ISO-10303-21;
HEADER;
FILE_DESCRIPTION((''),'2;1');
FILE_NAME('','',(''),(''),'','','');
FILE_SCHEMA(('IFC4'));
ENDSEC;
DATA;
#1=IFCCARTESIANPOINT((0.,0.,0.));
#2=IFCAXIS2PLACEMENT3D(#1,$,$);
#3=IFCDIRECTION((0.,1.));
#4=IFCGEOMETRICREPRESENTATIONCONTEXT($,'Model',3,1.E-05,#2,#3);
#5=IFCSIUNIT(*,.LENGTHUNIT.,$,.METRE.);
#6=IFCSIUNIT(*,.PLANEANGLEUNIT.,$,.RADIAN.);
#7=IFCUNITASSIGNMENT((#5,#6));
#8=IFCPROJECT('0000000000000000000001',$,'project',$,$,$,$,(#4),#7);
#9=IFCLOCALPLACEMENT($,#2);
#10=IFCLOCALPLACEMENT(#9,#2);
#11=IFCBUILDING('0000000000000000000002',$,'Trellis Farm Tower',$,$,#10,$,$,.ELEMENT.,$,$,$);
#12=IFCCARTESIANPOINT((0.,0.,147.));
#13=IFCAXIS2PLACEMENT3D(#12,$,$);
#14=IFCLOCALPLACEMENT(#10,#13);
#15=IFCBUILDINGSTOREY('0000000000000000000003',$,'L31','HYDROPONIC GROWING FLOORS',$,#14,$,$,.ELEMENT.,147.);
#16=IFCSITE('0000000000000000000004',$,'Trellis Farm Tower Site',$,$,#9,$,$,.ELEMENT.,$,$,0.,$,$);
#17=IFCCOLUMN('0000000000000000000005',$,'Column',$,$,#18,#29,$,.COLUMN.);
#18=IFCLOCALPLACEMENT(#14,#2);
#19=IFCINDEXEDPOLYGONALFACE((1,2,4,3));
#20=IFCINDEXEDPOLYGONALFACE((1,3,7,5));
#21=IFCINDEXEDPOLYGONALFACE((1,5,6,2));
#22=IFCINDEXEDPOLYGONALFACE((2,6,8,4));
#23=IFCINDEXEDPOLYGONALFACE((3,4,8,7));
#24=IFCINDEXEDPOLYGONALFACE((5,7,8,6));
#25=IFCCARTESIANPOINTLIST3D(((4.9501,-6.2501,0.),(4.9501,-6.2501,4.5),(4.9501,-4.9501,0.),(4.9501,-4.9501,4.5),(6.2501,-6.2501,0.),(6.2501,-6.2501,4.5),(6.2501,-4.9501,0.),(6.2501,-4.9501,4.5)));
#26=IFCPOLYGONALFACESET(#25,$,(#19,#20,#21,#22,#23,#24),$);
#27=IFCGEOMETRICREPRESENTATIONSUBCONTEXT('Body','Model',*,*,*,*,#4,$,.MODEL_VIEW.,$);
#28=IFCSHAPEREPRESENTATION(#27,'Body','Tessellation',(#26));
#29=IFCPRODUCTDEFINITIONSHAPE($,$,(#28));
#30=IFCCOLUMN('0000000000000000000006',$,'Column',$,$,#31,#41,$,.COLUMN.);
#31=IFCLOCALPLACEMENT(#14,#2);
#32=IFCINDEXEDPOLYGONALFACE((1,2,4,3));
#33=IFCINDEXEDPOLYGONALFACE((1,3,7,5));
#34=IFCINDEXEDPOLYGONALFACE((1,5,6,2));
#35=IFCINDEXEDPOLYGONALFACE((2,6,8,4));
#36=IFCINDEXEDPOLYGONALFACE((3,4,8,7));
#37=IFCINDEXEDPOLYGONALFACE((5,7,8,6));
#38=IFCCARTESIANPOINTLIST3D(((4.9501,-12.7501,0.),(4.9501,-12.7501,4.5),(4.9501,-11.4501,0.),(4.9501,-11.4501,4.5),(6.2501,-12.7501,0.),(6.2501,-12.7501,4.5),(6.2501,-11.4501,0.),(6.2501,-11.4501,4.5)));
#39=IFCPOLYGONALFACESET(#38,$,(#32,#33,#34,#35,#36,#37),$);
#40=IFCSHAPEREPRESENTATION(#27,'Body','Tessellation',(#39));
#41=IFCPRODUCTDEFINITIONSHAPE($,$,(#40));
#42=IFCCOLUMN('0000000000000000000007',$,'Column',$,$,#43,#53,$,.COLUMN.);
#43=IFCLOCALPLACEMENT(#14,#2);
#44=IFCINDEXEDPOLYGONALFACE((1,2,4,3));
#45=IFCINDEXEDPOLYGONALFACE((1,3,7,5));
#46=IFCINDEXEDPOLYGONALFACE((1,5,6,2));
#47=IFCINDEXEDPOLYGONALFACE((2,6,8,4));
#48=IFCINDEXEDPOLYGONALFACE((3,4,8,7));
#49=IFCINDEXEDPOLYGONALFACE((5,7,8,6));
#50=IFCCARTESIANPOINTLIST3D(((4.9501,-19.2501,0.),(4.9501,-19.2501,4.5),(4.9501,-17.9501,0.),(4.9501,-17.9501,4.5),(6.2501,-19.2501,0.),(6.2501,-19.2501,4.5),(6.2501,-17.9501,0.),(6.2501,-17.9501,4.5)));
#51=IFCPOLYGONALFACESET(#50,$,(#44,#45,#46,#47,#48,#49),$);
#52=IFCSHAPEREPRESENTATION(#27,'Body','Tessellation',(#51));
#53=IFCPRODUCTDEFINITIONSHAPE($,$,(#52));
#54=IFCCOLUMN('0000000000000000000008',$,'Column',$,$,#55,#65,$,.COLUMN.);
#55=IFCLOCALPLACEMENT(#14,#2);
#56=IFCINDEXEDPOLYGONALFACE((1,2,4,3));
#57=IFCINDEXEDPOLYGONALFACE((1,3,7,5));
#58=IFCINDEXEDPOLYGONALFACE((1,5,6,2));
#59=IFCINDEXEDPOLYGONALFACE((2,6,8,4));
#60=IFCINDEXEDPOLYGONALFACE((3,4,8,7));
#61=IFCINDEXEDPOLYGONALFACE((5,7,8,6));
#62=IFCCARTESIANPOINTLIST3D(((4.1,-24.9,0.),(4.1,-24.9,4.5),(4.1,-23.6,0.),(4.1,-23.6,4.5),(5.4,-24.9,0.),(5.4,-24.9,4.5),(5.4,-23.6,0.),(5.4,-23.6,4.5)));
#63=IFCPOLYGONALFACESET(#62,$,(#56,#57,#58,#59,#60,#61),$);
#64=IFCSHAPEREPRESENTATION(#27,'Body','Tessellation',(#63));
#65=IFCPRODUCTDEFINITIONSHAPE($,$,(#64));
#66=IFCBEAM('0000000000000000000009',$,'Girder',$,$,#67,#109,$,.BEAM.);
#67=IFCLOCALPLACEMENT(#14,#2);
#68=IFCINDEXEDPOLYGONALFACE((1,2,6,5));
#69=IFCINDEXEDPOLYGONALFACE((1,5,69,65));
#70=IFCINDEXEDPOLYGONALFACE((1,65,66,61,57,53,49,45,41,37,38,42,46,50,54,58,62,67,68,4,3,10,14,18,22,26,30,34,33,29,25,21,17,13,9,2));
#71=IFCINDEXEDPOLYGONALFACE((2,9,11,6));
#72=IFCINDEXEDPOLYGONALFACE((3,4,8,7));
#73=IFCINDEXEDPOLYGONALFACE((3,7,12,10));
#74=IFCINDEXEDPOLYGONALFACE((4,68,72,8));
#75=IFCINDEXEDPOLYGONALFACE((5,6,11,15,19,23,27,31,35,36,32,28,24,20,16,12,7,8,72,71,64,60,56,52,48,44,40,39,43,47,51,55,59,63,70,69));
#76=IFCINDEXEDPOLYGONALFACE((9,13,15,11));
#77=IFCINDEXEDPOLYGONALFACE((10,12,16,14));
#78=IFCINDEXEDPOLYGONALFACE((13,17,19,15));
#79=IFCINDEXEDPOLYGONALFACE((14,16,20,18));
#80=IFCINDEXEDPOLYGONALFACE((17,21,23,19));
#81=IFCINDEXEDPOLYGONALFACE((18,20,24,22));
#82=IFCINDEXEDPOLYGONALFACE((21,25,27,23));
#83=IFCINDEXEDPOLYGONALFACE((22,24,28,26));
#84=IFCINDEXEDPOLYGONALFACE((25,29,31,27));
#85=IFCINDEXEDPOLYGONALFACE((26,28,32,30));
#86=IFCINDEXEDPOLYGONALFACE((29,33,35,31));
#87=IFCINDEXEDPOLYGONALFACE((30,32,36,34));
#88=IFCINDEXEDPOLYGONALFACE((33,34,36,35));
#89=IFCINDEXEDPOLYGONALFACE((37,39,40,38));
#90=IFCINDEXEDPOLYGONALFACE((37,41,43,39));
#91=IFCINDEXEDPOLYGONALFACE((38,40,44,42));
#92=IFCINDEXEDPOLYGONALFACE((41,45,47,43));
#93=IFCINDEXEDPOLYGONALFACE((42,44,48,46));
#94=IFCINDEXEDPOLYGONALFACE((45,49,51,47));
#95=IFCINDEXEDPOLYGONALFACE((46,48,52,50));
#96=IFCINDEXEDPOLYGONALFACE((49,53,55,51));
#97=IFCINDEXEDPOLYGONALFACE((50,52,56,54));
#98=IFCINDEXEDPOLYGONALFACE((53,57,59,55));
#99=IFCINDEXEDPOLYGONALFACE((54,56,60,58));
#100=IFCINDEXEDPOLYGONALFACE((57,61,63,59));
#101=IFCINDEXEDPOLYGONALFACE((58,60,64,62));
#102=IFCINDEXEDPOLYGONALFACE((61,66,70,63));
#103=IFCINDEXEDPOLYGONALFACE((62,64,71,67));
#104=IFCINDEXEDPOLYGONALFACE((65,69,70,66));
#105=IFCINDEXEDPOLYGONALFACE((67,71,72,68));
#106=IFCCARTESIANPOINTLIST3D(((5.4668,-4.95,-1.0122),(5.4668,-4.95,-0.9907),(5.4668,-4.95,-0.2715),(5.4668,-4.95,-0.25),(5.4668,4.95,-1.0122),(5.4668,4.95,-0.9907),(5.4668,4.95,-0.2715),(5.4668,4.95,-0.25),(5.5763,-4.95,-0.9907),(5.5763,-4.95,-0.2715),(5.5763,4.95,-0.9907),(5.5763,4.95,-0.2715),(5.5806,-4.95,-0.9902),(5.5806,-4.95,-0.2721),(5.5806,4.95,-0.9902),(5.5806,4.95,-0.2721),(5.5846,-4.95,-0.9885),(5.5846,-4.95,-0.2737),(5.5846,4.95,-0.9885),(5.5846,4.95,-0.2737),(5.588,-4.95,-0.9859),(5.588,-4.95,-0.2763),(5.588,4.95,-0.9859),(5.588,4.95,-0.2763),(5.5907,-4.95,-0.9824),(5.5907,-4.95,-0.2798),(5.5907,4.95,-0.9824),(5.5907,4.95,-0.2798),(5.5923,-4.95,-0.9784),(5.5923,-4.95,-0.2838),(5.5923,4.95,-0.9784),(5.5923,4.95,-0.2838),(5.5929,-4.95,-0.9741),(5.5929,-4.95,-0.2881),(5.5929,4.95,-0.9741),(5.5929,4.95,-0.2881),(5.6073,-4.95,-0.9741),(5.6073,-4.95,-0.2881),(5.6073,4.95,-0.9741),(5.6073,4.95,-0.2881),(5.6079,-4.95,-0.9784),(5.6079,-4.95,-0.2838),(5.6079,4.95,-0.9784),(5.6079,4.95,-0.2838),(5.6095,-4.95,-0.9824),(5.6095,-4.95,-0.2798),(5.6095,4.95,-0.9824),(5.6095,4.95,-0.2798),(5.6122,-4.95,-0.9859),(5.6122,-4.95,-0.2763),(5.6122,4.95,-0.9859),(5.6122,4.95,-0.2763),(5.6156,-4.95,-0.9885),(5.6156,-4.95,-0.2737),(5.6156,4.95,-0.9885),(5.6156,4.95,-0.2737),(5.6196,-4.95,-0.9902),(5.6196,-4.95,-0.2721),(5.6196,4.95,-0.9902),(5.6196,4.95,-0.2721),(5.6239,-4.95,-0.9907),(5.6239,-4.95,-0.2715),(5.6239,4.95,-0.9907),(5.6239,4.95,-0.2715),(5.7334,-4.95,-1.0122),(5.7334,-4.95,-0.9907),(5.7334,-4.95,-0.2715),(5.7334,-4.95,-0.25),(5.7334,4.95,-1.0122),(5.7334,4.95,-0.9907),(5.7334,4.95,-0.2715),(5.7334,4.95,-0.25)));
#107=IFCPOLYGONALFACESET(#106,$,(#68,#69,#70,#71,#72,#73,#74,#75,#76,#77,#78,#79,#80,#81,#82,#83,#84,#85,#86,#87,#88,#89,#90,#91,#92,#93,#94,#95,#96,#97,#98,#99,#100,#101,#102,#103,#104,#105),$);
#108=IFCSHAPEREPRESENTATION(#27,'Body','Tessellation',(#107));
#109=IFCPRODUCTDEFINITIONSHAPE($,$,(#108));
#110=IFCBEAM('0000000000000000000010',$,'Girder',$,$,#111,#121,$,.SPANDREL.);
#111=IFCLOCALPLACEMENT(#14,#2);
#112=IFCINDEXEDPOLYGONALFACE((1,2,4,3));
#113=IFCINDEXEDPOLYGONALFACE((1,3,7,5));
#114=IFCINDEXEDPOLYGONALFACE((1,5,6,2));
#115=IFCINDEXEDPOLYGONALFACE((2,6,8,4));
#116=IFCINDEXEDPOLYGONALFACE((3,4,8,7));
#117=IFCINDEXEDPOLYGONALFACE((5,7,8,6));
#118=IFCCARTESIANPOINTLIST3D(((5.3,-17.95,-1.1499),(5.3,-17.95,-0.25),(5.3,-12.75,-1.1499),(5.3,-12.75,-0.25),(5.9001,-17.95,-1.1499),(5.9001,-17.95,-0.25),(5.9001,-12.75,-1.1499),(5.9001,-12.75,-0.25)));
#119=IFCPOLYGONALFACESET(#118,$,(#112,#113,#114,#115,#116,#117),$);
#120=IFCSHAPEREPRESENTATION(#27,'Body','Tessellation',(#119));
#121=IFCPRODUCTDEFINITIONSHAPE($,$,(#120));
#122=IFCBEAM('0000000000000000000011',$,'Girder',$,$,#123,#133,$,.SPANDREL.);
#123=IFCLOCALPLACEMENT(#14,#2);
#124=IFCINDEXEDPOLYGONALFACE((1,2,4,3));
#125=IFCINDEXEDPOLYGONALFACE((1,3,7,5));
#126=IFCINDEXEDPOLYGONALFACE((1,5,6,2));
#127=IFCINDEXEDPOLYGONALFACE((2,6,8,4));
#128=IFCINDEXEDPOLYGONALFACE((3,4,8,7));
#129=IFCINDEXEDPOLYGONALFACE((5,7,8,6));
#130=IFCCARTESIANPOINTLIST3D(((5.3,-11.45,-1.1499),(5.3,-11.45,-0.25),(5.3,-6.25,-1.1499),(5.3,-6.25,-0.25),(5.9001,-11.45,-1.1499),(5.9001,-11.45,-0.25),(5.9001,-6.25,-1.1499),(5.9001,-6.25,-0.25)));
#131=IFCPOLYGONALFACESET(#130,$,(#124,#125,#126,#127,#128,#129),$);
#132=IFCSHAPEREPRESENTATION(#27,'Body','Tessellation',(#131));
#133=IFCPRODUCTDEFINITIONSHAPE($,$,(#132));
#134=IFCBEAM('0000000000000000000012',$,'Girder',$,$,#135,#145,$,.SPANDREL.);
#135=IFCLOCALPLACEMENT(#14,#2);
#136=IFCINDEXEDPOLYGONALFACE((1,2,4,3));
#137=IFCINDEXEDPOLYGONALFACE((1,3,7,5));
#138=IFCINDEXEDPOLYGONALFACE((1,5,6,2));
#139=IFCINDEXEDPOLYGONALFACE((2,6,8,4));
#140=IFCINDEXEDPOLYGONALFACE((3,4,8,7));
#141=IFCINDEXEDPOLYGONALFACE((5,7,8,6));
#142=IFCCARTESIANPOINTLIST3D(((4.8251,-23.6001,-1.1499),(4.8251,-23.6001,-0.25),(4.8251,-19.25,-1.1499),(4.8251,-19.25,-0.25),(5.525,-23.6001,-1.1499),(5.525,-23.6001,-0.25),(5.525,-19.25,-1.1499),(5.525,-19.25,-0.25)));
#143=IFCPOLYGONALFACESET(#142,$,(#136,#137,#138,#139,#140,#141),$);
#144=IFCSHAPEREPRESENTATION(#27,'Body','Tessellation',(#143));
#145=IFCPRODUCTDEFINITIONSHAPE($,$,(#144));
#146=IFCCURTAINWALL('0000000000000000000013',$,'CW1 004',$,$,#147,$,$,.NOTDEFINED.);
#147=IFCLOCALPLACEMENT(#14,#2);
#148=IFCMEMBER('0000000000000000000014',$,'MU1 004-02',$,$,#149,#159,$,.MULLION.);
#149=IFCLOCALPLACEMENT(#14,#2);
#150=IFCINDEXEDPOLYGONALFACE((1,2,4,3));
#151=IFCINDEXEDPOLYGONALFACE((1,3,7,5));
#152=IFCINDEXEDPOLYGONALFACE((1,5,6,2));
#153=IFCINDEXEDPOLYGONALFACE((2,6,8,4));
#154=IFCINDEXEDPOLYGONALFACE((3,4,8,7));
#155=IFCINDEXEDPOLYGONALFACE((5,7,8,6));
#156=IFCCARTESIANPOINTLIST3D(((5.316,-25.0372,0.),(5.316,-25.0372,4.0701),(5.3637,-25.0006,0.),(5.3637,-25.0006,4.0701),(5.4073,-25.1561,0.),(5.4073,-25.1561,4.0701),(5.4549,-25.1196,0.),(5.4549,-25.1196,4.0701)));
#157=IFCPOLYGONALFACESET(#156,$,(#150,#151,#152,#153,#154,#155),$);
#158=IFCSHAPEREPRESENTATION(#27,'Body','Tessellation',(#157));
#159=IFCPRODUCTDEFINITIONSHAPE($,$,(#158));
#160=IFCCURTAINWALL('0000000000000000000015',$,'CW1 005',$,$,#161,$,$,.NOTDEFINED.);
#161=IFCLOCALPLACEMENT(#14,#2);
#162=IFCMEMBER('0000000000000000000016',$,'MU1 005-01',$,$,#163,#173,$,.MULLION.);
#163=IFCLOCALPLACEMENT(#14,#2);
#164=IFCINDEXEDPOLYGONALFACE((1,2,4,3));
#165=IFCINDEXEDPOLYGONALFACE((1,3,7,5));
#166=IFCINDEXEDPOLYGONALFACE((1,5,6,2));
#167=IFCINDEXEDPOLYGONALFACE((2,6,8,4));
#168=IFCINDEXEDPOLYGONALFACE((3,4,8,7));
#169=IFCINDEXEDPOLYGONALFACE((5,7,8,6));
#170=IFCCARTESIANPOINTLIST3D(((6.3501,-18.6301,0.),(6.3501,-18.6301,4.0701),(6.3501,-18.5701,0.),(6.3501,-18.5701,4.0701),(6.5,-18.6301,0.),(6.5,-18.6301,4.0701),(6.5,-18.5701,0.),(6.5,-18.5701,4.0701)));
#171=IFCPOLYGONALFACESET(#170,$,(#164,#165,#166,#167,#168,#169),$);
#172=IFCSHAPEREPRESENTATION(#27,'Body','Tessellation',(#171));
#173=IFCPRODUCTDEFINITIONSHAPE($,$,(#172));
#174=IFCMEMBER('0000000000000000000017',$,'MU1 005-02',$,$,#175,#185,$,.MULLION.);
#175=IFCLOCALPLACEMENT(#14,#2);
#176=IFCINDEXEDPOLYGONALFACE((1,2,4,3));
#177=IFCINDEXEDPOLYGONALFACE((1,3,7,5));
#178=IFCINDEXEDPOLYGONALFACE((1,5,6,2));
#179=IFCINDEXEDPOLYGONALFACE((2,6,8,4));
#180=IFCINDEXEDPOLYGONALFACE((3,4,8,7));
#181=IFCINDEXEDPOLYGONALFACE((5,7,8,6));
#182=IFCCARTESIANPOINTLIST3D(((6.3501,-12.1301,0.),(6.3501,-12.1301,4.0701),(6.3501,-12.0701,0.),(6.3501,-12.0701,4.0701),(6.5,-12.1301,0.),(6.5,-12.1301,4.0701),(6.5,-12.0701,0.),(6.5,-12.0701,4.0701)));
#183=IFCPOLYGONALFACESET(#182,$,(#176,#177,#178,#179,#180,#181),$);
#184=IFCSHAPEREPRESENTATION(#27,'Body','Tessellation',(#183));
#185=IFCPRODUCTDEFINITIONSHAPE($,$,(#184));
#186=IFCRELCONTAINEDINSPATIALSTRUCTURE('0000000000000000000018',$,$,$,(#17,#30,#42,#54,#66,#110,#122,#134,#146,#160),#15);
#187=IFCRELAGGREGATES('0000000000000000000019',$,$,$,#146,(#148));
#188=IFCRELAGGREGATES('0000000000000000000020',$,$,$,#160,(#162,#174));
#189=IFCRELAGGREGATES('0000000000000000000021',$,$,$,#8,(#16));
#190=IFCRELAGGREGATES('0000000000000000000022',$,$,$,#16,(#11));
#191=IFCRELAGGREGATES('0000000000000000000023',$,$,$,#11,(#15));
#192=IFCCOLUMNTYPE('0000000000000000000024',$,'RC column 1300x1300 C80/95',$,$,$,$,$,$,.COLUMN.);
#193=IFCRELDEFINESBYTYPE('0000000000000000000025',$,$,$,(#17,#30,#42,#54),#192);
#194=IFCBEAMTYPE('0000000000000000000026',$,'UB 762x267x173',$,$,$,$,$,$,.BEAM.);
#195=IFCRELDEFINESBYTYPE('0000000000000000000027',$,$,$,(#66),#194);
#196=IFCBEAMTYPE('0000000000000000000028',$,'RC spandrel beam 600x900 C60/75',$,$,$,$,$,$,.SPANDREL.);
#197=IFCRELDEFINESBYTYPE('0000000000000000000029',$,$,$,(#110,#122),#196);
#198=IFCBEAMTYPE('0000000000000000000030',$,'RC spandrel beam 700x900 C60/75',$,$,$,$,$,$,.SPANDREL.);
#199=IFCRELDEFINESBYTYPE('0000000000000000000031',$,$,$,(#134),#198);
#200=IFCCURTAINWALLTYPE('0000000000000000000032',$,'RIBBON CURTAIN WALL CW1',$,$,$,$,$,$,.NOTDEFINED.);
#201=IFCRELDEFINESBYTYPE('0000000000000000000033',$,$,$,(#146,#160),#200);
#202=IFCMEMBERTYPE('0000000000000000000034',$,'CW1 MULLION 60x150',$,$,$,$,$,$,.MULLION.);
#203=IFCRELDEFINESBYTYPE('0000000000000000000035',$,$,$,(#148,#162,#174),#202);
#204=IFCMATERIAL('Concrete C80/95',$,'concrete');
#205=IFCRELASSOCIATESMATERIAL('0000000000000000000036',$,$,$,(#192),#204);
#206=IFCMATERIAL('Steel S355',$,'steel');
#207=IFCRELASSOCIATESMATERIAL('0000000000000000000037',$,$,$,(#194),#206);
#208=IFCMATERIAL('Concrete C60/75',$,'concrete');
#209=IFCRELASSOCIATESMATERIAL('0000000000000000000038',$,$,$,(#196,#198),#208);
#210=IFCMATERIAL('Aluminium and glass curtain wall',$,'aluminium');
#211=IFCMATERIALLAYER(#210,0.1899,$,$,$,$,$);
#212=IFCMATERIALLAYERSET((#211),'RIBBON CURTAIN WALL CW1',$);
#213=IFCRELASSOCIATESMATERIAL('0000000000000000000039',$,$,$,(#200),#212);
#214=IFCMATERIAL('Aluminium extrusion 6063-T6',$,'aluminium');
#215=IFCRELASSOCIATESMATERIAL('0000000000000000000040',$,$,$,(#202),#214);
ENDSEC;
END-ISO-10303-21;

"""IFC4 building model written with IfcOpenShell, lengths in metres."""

from ifc_helpers import new_model, si_unit, direction, frame, origin, origin_2d, place, context, subcontext, project, spatial, rectangle, i_section, extrude, source, transform, mapped, material, layer, layer_set, material_profile, profile_set, type_object, element, aggregate, save


model = new_model("IFC4")

# Units and contexts
model_context = context("Model", 3, precision=1e-05, world=origin(), true_north=direction((0.0, 1.0)))
body_context = subcontext(model_context, "Body", "Model", "MODEL_VIEW")
ifc_project = project(units=[si_unit("LENGTHUNIT", "METRE"), si_unit("PLANEANGLEUNIT", "RADIAN")], contexts=[model_context])

# Site, building, storey
site_placement = place(None, origin())
site = spatial("IfcSite", under=ifc_project, at=site_placement, Name="Trellis Farm Tower Site", CompositionType="ELEMENT", RefElevation=0.0)
building_placement = place(site_placement, origin())
building = spatial("IfcBuilding", under=site, at=building_placement, Name="Trellis Farm Tower", CompositionType="ELEMENT")
storey_placement = place(building_placement, frame((0.0, 0.0, 147.0)))
storey = spatial("IfcBuildingStorey", under=building, at=storey_placement, Name="L31", Description="HYDROPONIC GROWING FLOORS", CompositionType="ELEMENT", Elevation=147.0)

# Columns
ifc_material_1 = material(Name="Concrete C80/95", Category="concrete")
ifc_material_profile_1 = material_profile(ifc_material_1, rectangle(XDim=1.3, YDim=1.3, at=origin_2d()), Name="RC column 1300x1300 C80/95")
ifc_profile_set_1 = profile_set([ifc_material_profile_1], Name="Concrete C80/95")
column_type = type_object("IfcColumnType", Name="RC column 1300x1300 C80/95", PredefinedType="COLUMN", material=ifc_profile_set_1)
shared_shape_1 = source(origin(), body_context, "Body", "SweptSolid", [
    extrude(rectangle(XDim=1.3, YDim=1.3, at=origin_2d()), origin(), (0.0, 0.0, 1.0), 4.5),
])
for number, where, z_axis, x_axis, name in (
    (1, (5.6001, -5.6001, 0.0), (0.0, 0.0, 1.0), (1.0, 0.0, 0.0), "Column"),
    (2, (5.6001, -12.1001, 0.0), (0.0, 0.0, 1.0), (1.0, 0.0, 0.0), "Column"),
    (3, (5.6001, -18.6001, 0.0), (0.0, 0.0, 1.0), (1.0, 0.0, 0.0), "Column"),
    (4, (4.75, -24.25, 0.0), (0.0, 0.0, 1.0), (1.0, 0.0, 0.0), "Column"),
):
    element("IfcColumn", number, at=place(storey_placement, frame(where, z_axis=z_axis, x_axis=x_axis)), inside=storey, type_object=column_type, Name=name, PredefinedType="COLUMN", context=body_context, shape_type="MappedRepresentation", body=[
        mapped(shared_shape_1, transform((0.0, 0.0, 0.0))),
    ])

# Beams
ifc_material_2 = material(Name="Steel S355", Category="steel")
ifc_material_profile_2 = material_profile(ifc_material_2, i_section(OverallWidth=0.2666, OverallDepth=0.7622, WebThickness=0.0144, FlangeThickness=0.0215, FilletRadius=0.0166, at=origin_2d()), Name="UB 762x267x173")
ifc_profile_set_2 = profile_set([ifc_material_profile_2], Name="Steel S355")
beam_type_1 = type_object("IfcBeamType", Name="UB 762x267x173", PredefinedType="BEAM", material=ifc_profile_set_2)
shared_shape_2 = source(origin(), body_context, "Body", "SweptSolid", [
    extrude(i_section(OverallWidth=0.2666, OverallDepth=0.7622, WebThickness=0.0144, FlangeThickness=0.0215, FilletRadius=0.0166, at=origin_2d()), origin(), (0.0, 0.0, 1.0), 9.8999),
])
beam_1_placement = place(storey_placement, frame((5.6001, -4.95, -0.6311), z_axis=(0.0, 1.0, 0.0), x_axis=(-1.0, 0.0, 0.0)))
element("IfcBeam", 5, at=beam_1_placement, inside=storey, type_object=beam_type_1, Name="Girder", PredefinedType="BEAM", context=body_context, shape_type="MappedRepresentation", body=[
    mapped(shared_shape_2, transform((0.0, 0.0, 0.0))),
])
ifc_material_3 = material(Name="Concrete C60/75", Category="concrete")
ifc_material_profile_3 = material_profile(ifc_material_3, rectangle(XDim=0.6001, YDim=0.8999, at=origin_2d()), Name="RC spandrel beam 600x900 C60/75")
ifc_profile_set_3 = profile_set([ifc_material_profile_3], Name="Concrete C60/75")
beam_type_2 = type_object("IfcBeamType", Name="RC spandrel beam 600x900 C60/75", PredefinedType="SPANDREL", material=ifc_profile_set_3)
shared_shape_3 = source(origin(), body_context, "Body", "SweptSolid", [
    extrude(rectangle(XDim=0.6001, YDim=0.8999, at=origin_2d()), origin(), (0.0, 0.0, 1.0), 5.2),
])
for number, where, z_axis, x_axis, name in (
    (6, (5.6001, -17.95, -0.7), (0.0, 1.0, 0.0), (-1.0, 0.0, 0.0), "Girder"),
    (7, (5.6001, -11.45, -0.7), (0.0, 1.0, 0.0), (-1.0, 0.0, 0.0), "Girder"),
):
    element("IfcBeam", number, at=place(storey_placement, frame(where, z_axis=z_axis, x_axis=x_axis)), inside=storey, type_object=beam_type_2, Name=name, PredefinedType="SPANDREL", context=body_context, shape_type="MappedRepresentation", body=[
        mapped(shared_shape_3, transform((0.0, 0.0, 0.0))),
    ])
ifc_material_profile_4 = material_profile(ifc_material_3, rectangle(XDim=0.7, YDim=0.8999, at=origin_2d()), Name="RC spandrel beam 700x900 C60/75")
ifc_profile_set_4 = profile_set([ifc_material_profile_4], Name="Concrete C60/75")
beam_type_3 = type_object("IfcBeamType", Name="RC spandrel beam 700x900 C60/75", PredefinedType="SPANDREL", material=ifc_profile_set_4)
shared_shape_4 = source(origin(), body_context, "Body", "SweptSolid", [
    extrude(rectangle(XDim=0.7, YDim=0.8999, at=origin_2d()), origin(), (0.0, 0.0, 1.0), 4.3501),
])
beam_2_placement = place(storey_placement, frame((5.175, -23.6001, -0.7), z_axis=(0.0, 1.0, 0.0), x_axis=(-1.0, 0.0, 0.0)))
element("IfcBeam", 8, at=beam_2_placement, inside=storey, type_object=beam_type_3, Name="Girder", PredefinedType="SPANDREL", context=body_context, shape_type="MappedRepresentation", body=[
    mapped(shared_shape_4, transform((0.0, 0.0, 0.0))),
])

# Curtain wall, member
ifc_material_4 = material(Name="Aluminium and glass curtain wall", Category="aluminium")
ifc_layer_1 = layer(ifc_material_4, 0.1899)
ifc_layer_set_1 = layer_set([ifc_layer_1], Name="RIBBON CURTAIN WALL CW1")
curtain_wall_type_1 = type_object("IfcCurtainWallType", Name="RIBBON CURTAIN WALL CW1", PredefinedType="NOTDEFINED", material=ifc_layer_set_1)
placement = place(storey_placement, origin())
curtain_wall_1 = element("IfcCurtainWall", 9, at=placement, inside=storey, type_object=curtain_wall_type_1, Name="CW1 004", PredefinedType="NOTDEFINED")
ifc_material_5 = material(Name="Aluminium extrusion 6063-T6", Category="aluminium")
ifc_material_profile_5 = material_profile(ifc_material_5, rectangle(XDim=0.0601, YDim=0.1499, at=origin_2d()), Name="MULLION 60x150")
ifc_profile_set_5 = profile_set([ifc_material_profile_5], Name="Aluminium extrusion 6063-T6")
member_type_1 = type_object("IfcMemberType", Name="CW1 MULLION 60x150", PredefinedType="MULLION", material=ifc_profile_set_5)
shared_shape_5 = source(origin(), body_context, "Body", "SweptSolid", [
    extrude(rectangle(XDim=0.0601, YDim=0.1499, at=origin_2d()), origin(), (0.0, 0.0, 1.0), 4.0701),
])
member_1_placement = place(storey_placement, frame((5.3855, -25.0784, 0.0), z_axis=(0.0, 0.0, 1.0), x_axis=(0.793353, 0.608761, 0.0)))
member_1 = element("IfcMember", 10, at=member_1_placement, type_object=member_type_1, Name="MU1 004-02", PredefinedType="MULLION", context=body_context, shape_type="MappedRepresentation", body=[
    mapped(shared_shape_5, transform((0.0, 0.0, 0.0))),
])
aggregate(curtain_wall_1, [member_1])

# Curtain wall, members
curtain_wall_2 = element("IfcCurtainWall", 11, at=placement, inside=storey, type_object=curtain_wall_type_1, Name="CW1 005", PredefinedType="NOTDEFINED")
member_2_placement = place(storey_placement, frame((6.425, -18.6001, 0.0), z_axis=(0.0, 0.0, 1.0), x_axis=(0.0, 1.0, 0.0)))
member_2 = element("IfcMember", 12, at=member_2_placement, type_object=member_type_1, Name="MU1 005-01", PredefinedType="MULLION", context=body_context, shape_type="MappedRepresentation", body=[
    mapped(shared_shape_5, transform((0.0, 0.0, 0.0))),
])
member_3_placement = place(storey_placement, frame((6.425, -12.1001, 0.0), z_axis=(0.0, 0.0, 1.0), x_axis=(0.0, 1.0, 0.0)))
member_3 = element("IfcMember", 13, at=member_3_placement, type_object=member_type_1, Name="MU1 005-02", PredefinedType="MULLION", context=body_context, shape_type="MappedRepresentation", body=[
    mapped(shared_shape_5, transform((0.0, 0.0, 0.0))),
])
aggregate(curtain_wall_2, [member_2, member_3])

save(model, "model.ifc")
